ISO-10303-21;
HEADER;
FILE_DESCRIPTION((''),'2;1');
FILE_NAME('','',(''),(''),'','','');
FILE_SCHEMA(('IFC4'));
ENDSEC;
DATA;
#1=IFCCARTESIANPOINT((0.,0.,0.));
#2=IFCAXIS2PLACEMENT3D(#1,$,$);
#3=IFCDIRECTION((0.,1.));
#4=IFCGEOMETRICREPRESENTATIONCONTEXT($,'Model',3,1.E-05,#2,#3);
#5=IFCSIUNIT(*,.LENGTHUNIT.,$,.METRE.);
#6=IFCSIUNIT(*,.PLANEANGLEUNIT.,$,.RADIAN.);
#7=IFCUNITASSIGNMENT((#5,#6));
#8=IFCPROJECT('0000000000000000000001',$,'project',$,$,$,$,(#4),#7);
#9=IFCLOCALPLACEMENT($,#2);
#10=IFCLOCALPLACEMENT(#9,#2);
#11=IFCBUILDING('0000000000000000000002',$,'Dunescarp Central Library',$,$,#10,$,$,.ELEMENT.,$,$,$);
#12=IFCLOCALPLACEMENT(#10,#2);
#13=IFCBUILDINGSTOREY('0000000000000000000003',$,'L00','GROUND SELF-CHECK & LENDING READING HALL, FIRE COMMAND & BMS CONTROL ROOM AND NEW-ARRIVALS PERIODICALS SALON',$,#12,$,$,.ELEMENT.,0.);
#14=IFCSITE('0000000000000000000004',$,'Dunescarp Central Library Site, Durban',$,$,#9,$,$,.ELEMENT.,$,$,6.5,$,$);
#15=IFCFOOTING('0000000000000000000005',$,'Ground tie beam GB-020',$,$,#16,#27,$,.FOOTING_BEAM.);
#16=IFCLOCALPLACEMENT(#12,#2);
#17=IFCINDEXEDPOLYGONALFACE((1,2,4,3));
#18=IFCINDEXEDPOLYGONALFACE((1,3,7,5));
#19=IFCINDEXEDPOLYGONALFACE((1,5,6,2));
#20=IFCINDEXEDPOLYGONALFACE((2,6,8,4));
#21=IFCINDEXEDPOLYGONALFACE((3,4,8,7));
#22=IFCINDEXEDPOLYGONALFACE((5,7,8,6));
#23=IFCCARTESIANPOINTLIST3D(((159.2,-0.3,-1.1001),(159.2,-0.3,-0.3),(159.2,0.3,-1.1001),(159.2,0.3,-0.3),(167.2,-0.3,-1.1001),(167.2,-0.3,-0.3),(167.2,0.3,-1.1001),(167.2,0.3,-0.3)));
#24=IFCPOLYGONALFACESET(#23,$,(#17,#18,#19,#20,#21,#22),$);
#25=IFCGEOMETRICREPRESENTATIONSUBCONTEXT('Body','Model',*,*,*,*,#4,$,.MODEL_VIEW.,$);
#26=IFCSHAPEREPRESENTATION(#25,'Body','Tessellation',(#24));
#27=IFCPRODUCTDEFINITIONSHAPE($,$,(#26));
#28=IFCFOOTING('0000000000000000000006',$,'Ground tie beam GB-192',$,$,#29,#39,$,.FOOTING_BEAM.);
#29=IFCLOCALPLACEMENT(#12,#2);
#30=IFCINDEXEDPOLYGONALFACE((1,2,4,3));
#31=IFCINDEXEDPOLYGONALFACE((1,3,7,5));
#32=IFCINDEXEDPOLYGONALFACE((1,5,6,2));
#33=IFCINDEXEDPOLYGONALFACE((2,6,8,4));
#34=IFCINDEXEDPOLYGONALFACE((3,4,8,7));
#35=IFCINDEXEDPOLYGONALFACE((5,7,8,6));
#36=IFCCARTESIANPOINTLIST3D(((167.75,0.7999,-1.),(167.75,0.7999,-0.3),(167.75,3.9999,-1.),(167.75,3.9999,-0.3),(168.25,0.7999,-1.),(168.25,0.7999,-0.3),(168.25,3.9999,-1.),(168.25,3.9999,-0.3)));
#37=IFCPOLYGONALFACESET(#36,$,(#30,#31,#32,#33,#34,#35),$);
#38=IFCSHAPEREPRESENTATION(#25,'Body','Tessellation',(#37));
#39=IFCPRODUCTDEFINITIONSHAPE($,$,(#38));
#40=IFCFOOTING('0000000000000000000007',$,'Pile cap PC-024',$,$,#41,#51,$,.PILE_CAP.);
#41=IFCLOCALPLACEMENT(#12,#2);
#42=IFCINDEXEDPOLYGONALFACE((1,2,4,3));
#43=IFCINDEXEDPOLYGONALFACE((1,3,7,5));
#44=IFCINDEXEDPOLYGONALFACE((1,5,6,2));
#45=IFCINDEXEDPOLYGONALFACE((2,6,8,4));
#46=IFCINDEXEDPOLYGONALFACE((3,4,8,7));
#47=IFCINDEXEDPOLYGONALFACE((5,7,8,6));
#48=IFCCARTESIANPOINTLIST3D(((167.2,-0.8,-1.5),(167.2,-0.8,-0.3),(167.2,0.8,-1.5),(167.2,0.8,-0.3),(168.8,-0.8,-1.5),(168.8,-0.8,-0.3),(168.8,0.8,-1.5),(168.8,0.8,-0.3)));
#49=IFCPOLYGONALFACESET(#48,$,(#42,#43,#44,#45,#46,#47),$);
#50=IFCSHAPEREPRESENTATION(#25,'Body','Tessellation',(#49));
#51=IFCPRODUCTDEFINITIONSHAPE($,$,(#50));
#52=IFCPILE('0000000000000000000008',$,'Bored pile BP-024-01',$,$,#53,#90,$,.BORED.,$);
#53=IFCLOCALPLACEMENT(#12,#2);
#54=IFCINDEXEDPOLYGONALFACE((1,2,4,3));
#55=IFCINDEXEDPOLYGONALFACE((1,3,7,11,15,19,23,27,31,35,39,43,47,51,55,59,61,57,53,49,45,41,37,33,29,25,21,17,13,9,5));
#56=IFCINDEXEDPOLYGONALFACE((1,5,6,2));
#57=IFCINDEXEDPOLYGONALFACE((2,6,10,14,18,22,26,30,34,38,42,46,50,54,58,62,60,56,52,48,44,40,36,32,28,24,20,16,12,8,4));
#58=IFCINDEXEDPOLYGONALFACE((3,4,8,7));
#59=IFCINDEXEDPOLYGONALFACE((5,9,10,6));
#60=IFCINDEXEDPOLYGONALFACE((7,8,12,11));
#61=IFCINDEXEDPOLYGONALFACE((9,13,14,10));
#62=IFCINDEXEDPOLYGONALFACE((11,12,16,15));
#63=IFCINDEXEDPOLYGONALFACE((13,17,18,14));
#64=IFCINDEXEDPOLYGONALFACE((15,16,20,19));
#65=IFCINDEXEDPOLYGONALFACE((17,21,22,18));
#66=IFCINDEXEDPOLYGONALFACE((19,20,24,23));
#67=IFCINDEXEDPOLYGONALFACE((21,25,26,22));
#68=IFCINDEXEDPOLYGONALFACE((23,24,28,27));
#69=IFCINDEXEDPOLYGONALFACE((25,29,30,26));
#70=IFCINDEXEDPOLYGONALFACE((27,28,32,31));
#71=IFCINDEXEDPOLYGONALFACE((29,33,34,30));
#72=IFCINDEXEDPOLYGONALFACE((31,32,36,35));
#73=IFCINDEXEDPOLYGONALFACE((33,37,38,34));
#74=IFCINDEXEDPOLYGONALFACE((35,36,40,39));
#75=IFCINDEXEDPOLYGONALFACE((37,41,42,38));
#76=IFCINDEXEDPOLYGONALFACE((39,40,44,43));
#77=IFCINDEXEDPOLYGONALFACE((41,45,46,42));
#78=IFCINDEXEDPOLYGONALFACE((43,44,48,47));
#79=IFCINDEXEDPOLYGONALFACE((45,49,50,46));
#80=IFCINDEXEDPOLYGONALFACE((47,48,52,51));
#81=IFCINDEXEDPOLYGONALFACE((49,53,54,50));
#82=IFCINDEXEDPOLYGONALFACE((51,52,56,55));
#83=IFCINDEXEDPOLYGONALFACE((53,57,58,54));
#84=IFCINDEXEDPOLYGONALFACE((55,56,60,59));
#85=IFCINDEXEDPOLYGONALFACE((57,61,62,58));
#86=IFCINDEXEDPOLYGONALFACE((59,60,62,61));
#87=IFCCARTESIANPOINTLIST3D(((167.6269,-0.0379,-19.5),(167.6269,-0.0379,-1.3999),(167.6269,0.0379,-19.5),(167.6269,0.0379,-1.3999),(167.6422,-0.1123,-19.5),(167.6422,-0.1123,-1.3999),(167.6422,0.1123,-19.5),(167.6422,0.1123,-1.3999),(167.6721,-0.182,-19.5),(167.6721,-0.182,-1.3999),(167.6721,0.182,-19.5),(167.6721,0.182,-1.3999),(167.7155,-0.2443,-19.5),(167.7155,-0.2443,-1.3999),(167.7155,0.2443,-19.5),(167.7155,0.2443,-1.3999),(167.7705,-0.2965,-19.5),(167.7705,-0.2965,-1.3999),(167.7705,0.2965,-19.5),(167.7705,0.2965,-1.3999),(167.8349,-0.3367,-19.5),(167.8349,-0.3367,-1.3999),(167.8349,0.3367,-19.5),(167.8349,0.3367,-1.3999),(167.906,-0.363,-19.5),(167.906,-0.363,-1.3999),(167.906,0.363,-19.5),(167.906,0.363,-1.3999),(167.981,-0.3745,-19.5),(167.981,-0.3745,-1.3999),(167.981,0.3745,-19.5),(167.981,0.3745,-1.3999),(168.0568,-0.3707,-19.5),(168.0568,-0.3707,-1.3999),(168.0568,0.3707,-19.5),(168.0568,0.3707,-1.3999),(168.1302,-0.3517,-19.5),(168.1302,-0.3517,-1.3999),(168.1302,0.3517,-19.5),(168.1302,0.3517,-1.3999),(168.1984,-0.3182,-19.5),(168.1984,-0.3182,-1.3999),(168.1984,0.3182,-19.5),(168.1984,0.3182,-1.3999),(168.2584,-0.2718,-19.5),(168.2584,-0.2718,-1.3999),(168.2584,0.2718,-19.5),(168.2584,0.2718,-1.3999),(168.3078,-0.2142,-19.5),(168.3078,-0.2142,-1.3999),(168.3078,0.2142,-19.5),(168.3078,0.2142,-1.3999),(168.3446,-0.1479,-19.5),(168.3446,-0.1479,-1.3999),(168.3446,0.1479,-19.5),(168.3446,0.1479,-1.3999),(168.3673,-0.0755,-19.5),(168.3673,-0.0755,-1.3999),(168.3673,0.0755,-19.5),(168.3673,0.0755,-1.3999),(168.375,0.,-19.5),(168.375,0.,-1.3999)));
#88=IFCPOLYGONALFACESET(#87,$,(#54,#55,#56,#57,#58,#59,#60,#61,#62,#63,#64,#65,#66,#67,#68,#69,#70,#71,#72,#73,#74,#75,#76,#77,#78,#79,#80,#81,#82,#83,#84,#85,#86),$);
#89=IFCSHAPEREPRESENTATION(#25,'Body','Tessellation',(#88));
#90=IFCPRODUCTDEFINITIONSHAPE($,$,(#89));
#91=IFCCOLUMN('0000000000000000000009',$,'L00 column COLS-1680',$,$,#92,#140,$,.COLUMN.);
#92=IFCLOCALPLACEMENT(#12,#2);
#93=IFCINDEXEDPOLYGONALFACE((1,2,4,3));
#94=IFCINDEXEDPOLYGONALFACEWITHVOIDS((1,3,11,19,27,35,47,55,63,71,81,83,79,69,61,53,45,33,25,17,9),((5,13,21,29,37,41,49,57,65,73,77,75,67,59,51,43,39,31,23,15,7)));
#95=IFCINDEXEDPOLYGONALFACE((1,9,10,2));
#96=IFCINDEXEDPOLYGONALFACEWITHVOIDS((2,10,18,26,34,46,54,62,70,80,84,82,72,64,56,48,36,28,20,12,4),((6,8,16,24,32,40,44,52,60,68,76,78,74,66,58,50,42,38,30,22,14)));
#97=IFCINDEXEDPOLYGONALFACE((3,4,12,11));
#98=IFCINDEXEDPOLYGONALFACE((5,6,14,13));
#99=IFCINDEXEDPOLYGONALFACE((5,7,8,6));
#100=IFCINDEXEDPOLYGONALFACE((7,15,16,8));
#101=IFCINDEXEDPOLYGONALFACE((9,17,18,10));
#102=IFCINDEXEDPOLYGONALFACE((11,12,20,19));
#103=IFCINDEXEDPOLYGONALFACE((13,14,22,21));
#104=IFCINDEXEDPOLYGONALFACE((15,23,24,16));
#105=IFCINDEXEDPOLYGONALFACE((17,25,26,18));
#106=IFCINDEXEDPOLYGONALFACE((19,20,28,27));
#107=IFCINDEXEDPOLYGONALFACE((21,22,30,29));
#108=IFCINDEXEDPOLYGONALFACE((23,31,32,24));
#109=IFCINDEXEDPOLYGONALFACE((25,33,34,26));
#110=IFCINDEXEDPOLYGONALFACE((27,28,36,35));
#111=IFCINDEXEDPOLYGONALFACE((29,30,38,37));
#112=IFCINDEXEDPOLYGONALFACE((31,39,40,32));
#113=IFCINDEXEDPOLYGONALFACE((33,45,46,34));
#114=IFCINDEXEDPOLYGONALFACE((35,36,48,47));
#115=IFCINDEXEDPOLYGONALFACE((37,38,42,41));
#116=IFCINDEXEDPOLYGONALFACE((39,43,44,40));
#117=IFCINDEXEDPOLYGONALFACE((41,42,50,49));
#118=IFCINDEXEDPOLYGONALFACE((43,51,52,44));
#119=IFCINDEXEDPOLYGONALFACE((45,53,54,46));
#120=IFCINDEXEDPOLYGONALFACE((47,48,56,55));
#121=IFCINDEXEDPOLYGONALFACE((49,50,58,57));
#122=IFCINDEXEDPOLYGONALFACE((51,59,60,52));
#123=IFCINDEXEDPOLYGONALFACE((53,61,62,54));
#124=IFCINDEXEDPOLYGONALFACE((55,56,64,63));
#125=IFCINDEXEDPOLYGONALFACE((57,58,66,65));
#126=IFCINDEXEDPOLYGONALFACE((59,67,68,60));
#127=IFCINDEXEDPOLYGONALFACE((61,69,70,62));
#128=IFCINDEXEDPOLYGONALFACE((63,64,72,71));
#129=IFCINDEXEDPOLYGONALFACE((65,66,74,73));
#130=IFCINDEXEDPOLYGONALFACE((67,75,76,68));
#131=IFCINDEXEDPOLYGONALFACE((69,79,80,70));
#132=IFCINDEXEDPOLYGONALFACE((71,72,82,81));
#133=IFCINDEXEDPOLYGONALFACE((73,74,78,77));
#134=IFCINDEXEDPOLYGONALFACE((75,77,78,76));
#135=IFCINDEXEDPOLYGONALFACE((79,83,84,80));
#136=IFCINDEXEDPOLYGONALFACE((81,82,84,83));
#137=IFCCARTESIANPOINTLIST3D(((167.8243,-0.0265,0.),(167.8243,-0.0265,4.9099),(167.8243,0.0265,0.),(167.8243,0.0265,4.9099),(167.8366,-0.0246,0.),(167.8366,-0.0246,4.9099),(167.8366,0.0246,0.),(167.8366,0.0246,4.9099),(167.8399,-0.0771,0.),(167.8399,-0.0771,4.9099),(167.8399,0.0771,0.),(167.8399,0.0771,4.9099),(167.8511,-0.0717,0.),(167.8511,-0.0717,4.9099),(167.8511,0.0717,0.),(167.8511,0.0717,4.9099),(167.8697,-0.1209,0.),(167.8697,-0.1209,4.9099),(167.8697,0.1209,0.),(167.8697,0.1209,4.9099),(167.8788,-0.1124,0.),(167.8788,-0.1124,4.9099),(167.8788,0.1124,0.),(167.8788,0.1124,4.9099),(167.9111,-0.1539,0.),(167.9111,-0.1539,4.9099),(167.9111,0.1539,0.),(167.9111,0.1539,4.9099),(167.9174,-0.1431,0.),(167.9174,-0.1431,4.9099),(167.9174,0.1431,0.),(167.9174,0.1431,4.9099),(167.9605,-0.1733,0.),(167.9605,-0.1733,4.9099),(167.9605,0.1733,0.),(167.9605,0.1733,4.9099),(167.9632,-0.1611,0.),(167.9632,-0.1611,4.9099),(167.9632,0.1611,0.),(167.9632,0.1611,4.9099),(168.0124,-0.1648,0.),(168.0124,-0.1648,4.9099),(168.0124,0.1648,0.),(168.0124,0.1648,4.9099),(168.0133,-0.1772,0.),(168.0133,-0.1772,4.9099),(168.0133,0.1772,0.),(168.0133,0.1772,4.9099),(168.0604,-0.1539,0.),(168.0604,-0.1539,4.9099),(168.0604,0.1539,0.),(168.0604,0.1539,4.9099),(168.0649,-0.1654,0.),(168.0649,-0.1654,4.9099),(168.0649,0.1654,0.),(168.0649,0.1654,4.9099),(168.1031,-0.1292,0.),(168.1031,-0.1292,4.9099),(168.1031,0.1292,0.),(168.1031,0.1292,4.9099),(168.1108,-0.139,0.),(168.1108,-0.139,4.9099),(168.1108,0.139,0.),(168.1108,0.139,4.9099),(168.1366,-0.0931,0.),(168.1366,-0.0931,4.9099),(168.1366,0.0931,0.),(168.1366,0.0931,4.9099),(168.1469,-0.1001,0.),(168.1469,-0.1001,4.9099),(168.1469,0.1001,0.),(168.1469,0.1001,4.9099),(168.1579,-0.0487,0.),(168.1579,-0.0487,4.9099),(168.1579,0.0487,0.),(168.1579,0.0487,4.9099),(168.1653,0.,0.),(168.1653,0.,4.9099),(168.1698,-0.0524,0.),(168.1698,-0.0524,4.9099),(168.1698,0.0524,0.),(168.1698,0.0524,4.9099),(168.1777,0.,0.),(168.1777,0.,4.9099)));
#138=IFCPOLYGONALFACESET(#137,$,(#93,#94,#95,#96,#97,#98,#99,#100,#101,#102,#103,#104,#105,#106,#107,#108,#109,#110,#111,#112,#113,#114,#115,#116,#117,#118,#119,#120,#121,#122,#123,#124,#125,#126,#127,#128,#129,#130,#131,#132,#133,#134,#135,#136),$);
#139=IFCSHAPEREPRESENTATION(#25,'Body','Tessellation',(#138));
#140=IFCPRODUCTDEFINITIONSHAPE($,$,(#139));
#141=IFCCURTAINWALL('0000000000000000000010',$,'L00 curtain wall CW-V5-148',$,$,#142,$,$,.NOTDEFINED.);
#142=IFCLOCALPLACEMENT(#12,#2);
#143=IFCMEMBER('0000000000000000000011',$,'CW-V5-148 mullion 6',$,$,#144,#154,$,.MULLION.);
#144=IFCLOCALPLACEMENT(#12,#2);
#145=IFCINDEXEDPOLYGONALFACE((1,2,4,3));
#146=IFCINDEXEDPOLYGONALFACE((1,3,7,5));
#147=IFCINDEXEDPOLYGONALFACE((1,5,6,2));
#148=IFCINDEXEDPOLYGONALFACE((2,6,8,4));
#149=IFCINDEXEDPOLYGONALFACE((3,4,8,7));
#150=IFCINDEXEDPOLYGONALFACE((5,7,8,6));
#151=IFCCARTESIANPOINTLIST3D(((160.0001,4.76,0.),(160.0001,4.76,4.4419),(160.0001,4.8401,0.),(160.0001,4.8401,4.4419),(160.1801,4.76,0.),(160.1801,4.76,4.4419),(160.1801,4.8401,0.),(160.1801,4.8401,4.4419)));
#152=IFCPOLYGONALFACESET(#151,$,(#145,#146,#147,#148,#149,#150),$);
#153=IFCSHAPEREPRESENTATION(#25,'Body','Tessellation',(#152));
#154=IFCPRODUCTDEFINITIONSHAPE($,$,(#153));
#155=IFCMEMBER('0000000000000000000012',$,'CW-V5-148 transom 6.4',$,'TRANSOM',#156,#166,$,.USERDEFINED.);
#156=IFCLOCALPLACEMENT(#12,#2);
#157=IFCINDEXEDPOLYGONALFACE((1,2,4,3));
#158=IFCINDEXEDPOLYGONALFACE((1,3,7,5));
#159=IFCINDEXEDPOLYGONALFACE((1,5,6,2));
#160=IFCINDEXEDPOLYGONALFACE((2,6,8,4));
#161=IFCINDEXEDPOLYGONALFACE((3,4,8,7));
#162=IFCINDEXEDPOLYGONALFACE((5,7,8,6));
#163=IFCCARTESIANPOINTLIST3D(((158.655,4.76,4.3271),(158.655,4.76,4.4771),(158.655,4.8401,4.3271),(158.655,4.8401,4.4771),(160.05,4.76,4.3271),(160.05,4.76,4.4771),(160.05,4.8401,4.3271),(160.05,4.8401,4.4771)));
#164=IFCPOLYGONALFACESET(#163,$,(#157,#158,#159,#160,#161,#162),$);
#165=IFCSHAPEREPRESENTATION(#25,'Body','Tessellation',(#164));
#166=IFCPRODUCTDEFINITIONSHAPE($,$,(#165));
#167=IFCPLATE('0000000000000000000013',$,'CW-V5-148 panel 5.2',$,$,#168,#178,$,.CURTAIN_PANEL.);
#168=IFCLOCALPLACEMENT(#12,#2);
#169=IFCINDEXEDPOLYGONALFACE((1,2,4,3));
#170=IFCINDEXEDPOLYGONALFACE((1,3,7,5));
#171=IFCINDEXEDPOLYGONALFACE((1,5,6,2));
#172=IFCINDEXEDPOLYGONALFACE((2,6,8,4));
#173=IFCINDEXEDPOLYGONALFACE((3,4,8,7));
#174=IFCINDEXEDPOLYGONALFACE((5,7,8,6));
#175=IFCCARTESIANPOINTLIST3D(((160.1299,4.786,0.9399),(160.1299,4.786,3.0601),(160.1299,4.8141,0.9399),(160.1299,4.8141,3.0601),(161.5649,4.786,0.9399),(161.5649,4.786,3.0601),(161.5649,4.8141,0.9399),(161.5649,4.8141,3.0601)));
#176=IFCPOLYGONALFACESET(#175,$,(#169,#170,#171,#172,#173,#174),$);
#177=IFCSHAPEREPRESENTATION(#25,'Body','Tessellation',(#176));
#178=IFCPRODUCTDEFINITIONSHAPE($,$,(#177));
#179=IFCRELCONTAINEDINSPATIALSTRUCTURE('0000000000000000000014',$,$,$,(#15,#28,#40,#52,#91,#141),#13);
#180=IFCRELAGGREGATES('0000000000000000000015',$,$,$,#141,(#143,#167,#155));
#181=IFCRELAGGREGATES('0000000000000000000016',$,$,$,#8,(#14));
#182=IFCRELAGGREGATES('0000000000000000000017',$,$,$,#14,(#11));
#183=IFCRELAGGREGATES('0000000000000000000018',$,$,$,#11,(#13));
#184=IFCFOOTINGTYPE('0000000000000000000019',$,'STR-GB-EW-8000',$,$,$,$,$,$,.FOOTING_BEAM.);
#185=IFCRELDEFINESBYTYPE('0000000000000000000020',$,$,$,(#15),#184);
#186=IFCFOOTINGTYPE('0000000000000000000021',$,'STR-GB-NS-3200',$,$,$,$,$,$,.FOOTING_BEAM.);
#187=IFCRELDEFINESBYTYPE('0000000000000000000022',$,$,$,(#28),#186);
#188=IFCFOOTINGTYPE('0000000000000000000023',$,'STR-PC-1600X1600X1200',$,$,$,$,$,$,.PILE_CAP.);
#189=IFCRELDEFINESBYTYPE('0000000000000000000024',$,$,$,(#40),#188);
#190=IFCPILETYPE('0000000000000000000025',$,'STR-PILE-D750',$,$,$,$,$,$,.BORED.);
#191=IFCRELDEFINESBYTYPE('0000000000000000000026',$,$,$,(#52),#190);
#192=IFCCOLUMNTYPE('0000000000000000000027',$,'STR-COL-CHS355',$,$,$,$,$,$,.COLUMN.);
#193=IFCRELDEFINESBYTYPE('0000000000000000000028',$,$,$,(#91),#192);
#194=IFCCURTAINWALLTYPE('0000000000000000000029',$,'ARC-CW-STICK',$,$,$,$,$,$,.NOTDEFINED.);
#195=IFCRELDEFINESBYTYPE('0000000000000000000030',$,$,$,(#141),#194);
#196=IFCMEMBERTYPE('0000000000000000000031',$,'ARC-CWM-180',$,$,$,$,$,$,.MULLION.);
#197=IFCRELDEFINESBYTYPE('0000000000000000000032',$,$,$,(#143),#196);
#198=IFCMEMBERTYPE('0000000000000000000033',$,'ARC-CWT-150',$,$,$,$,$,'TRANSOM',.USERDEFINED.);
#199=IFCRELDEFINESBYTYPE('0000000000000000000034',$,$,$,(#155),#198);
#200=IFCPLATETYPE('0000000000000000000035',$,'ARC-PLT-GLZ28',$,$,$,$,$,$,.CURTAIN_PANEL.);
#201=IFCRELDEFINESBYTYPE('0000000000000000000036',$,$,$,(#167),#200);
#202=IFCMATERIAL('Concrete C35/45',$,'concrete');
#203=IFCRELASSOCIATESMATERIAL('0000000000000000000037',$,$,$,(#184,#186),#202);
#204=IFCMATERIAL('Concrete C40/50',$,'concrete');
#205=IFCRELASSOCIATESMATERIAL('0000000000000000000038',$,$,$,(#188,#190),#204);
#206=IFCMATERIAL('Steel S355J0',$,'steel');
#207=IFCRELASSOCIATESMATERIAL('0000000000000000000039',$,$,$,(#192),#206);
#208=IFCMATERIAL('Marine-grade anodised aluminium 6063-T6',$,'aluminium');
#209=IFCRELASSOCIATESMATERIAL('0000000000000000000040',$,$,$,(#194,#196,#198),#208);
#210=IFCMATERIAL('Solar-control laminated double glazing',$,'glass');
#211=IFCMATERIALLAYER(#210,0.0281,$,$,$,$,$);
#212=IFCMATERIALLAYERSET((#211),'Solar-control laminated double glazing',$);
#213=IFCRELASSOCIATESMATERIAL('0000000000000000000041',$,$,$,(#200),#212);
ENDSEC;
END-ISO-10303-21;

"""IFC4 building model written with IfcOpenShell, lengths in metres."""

from ifc_helpers import new_model, si_unit, direction, frame, origin, origin_2d, place, context, subcontext, project, spatial, rectangle, circle, hollow_circle, extrude, material, layer, layer_set, material_profile, profile_set, type_object, element, aggregate, save


model = new_model("IFC4")

# Units and contexts
model_context = context("Model", 3, precision=1e-05, world=origin(), true_north=direction((0.0, 1.0)))
body_context = subcontext(model_context, "Body", "Model", "MODEL_VIEW")
ifc_project = project(units=[si_unit("LENGTHUNIT", "METRE"), si_unit("PLANEANGLEUNIT", "RADIAN")], contexts=[model_context])

# Site, building, storey
site_placement = place(None, origin())
site = spatial("IfcSite", under=ifc_project, at=site_placement, Name="Dunescarp Central Library Site, Durban", CompositionType="ELEMENT", RefElevation=6.5)
building_placement = place(site_placement, origin())
building = spatial("IfcBuilding", under=site, at=building_placement, Name="Dunescarp Central Library", CompositionType="ELEMENT")
storey_placement = place(building_placement, origin())
storey = spatial("IfcBuildingStorey", under=building, at=storey_placement, Name="L00", Description="GROUND SELF-CHECK & LENDING READING HALL, FIRE COMMAND & BMS CONTROL ROOM AND NEW-ARRIVALS PERIODICALS SALON", CompositionType="ELEMENT", Elevation=0.0)

# Footings
ifc_material_1 = material(Name="Concrete C35/45", Category="concrete")
footing_type_1 = type_object("IfcFootingType", Name="STR-GB-EW-8000", PredefinedType="FOOTING_BEAM", material=ifc_material_1)
footing_1_placement = place(storey_placement, frame((163.2, 0.0, -1.1001), z_axis=(0.0, 0.0, 1.0), x_axis=(1.0, 0.0, 0.0)))
element("IfcFooting", 1, at=footing_1_placement, inside=storey, type_object=footing_type_1, Name="Ground tie beam GB-020", PredefinedType="FOOTING_BEAM", context=body_context, shape_type="SweptSolid", body=[
    extrude(rectangle(XDim=8.0, YDim=0.6001, at=origin_2d()), origin(), (0.0, 0.0, 1.0), 0.8),
])
footing_type_2 = type_object("IfcFootingType", Name="STR-GB-NS-3200", PredefinedType="FOOTING_BEAM", material=ifc_material_1)
footing_2_placement = place(storey_placement, frame((168.0, 2.3999, -1.0), z_axis=(0.0, 0.0, 1.0), x_axis=(0.0, 1.0, 0.0)))
element("IfcFooting", 2, at=footing_2_placement, inside=storey, type_object=footing_type_2, Name="Ground tie beam GB-192", PredefinedType="FOOTING_BEAM", context=body_context, shape_type="SweptSolid", body=[
    extrude(rectangle(XDim=3.2, YDim=0.5, at=origin_2d()), origin(), (0.0, 0.0, 1.0), 0.7),
])
ifc_material_2 = material(Name="Concrete C40/50", Category="concrete")
footing_type_3 = type_object("IfcFootingType", Name="STR-PC-1600X1600X1200", PredefinedType="PILE_CAP", material=ifc_material_2)
footing_3_placement = place(storey_placement, frame((168.0, 0.0, -1.5), z_axis=(0.0, 0.0, 1.0), x_axis=(1.0, 0.0, 0.0)))
element("IfcFooting", 3, at=footing_3_placement, inside=storey, type_object=footing_type_3, Name="Pile cap PC-024", PredefinedType="PILE_CAP", context=body_context, shape_type="SweptSolid", body=[
    extrude(rectangle(XDim=1.6001, YDim=1.6001, at=origin_2d()), origin(), (0.0, 0.0, 1.0), 1.2),
])

# Pile
ifc_material_profile_1 = material_profile(ifc_material_2, circle(Radius=0.375, at=origin_2d()), Name="PILE D750")
ifc_profile_set_1 = profile_set([ifc_material_profile_1], Name="Concrete C40/50")
pile_type = type_object("IfcPileType", Name="STR-PILE-D750", PredefinedType="BORED", material=ifc_profile_set_1)
pile_placement = place(storey_placement, frame((168.0, 0.0, -1.3999), z_axis=(0.0, 0.0, -1.0), x_axis=(1.0, 0.0, 0.0)))
element("IfcPile", 4, at=pile_placement, inside=storey, type_object=pile_type, Name="Bored pile BP-024-01", PredefinedType="BORED", context=body_context, shape_type="SweptSolid", body=[
    extrude(circle(Radius=0.375, at=origin_2d()), origin(), (0.0, 0.0, 1.0), 18.1001),
])

# Column
ifc_material_3 = material(Name="Steel S355J0", Category="steel")
ifc_material_profile_2 = material_profile(ifc_material_3, hollow_circle(Radius=0.1777, WallThickness=0.0125, at=origin_2d()), Name="CHS 355.6x12.5")
ifc_profile_set_2 = profile_set([ifc_material_profile_2], Name="Steel S355J0")
column_type = type_object("IfcColumnType", Name="STR-COL-CHS355", PredefinedType="COLUMN", material=ifc_profile_set_2)
column_placement = place(storey_placement, frame((168.0, 0.0, 0.0), z_axis=(0.0, 0.0, 1.0), x_axis=(1.0, 0.0, 0.0)))
element("IfcColumn", 5, at=column_placement, inside=storey, type_object=column_type, Name="L00 column COLS-1680", PredefinedType="COLUMN", context=body_context, shape_type="SweptSolid", body=[
    extrude(hollow_circle(Radius=0.1777, WallThickness=0.0125, at=origin_2d()), origin(), (0.0, 0.0, 1.0), 4.9099),
])

# Curtain wall, members, plate
ifc_material_4 = material(Name="Marine-grade anodised aluminium 6063-T6", Category="aluminium")
curtain_wall_type = type_object("IfcCurtainWallType", Name="ARC-CW-STICK", PredefinedType="NOTDEFINED", material=ifc_material_4)
curtain_wall_placement = place(storey_placement, origin())
curtain_wall = element("IfcCurtainWall", 6, at=curtain_wall_placement, inside=storey, type_object=curtain_wall_type, Name="L00 curtain wall CW-V5-148", PredefinedType="NOTDEFINED")
ifc_material_profile_3 = material_profile(ifc_material_4, rectangle(XDim=0.0801, YDim=0.1799, at=origin_2d()), Name="AL 80x180")
ifc_profile_set_3 = profile_set([ifc_material_profile_3], Name="Marine-grade anodised aluminium 6063-T6")
member_type_1 = type_object("IfcMemberType", Name="ARC-CWM-180", PredefinedType="MULLION", material=ifc_profile_set_3)
member_1_placement = place(storey_placement, frame((160.0901, 4.8, 0.0), z_axis=(0.0, 0.0, 1.0), x_axis=(0.0, -1.0, 0.0)))
member_1 = element("IfcMember", 7, at=member_1_placement, type_object=member_type_1, Name="CW-V5-148 mullion 6", PredefinedType="MULLION", context=body_context, shape_type="SweptSolid", body=[
    extrude(rectangle(XDim=0.0801, YDim=0.1799, at=origin_2d()), origin(), (0.0, 0.0, 1.0), 4.4419),
])
ifc_material_profile_4 = material_profile(ifc_material_4, rectangle(XDim=0.0801, YDim=0.1499, at=origin_2d()), Name="AL 80x150")
ifc_profile_set_4 = profile_set([ifc_material_profile_4], Name="Marine-grade anodised aluminium 6063-T6")
member_type_2 = type_object("IfcMemberType", Name="ARC-CWT-150", ElementType="TRANSOM", PredefinedType="USERDEFINED", material=ifc_profile_set_4)
member_2_placement = place(storey_placement, frame((160.05, 4.8, 4.4021), z_axis=(-1.0, 0.0, 0.0), x_axis=(0.0, -1.0, 0.0)))
member_2 = element("IfcMember", 8, at=member_2_placement, type_object=member_type_2, Name="CW-V5-148 transom 6.4", ObjectType="TRANSOM", PredefinedType="USERDEFINED", context=body_context, shape_type="SweptSolid", body=[
    extrude(rectangle(XDim=0.0801, YDim=0.1499, at=origin_2d()), origin(), (0.0, 0.0, 1.0), 1.395),
])
ifc_material_5 = material(Name="Solar-control laminated double glazing", Category="glass")
ifc_layer_1 = layer(ifc_material_5, 0.0281)
ifc_layer_set_1 = layer_set([ifc_layer_1], Name="Solar-control laminated double glazing")
plate_type_1 = type_object("IfcPlateType", Name="ARC-PLT-GLZ28", PredefinedType="CURTAIN_PANEL", material=ifc_layer_set_1)
plate_1_placement = place(storey_placement, frame((160.8474, 4.8, 0.9399), z_axis=(0.0, 0.0, 1.0), x_axis=(-1.0, 0.0, 0.0)))
plate_1 = element("IfcPlate", 9, at=plate_1_placement, type_object=plate_type_1, Name="CW-V5-148 panel 5.2", PredefinedType="CURTAIN_PANEL", context=body_context, shape_type="SweptSolid", body=[
    extrude(rectangle(XDim=1.4351, YDim=0.0281, at=origin_2d()), origin(), (0.0, 0.0, 1.0), 2.1201),
])
aggregate(curtain_wall, [member_1, plate_1, member_2])

save(model, "model.ifc")
